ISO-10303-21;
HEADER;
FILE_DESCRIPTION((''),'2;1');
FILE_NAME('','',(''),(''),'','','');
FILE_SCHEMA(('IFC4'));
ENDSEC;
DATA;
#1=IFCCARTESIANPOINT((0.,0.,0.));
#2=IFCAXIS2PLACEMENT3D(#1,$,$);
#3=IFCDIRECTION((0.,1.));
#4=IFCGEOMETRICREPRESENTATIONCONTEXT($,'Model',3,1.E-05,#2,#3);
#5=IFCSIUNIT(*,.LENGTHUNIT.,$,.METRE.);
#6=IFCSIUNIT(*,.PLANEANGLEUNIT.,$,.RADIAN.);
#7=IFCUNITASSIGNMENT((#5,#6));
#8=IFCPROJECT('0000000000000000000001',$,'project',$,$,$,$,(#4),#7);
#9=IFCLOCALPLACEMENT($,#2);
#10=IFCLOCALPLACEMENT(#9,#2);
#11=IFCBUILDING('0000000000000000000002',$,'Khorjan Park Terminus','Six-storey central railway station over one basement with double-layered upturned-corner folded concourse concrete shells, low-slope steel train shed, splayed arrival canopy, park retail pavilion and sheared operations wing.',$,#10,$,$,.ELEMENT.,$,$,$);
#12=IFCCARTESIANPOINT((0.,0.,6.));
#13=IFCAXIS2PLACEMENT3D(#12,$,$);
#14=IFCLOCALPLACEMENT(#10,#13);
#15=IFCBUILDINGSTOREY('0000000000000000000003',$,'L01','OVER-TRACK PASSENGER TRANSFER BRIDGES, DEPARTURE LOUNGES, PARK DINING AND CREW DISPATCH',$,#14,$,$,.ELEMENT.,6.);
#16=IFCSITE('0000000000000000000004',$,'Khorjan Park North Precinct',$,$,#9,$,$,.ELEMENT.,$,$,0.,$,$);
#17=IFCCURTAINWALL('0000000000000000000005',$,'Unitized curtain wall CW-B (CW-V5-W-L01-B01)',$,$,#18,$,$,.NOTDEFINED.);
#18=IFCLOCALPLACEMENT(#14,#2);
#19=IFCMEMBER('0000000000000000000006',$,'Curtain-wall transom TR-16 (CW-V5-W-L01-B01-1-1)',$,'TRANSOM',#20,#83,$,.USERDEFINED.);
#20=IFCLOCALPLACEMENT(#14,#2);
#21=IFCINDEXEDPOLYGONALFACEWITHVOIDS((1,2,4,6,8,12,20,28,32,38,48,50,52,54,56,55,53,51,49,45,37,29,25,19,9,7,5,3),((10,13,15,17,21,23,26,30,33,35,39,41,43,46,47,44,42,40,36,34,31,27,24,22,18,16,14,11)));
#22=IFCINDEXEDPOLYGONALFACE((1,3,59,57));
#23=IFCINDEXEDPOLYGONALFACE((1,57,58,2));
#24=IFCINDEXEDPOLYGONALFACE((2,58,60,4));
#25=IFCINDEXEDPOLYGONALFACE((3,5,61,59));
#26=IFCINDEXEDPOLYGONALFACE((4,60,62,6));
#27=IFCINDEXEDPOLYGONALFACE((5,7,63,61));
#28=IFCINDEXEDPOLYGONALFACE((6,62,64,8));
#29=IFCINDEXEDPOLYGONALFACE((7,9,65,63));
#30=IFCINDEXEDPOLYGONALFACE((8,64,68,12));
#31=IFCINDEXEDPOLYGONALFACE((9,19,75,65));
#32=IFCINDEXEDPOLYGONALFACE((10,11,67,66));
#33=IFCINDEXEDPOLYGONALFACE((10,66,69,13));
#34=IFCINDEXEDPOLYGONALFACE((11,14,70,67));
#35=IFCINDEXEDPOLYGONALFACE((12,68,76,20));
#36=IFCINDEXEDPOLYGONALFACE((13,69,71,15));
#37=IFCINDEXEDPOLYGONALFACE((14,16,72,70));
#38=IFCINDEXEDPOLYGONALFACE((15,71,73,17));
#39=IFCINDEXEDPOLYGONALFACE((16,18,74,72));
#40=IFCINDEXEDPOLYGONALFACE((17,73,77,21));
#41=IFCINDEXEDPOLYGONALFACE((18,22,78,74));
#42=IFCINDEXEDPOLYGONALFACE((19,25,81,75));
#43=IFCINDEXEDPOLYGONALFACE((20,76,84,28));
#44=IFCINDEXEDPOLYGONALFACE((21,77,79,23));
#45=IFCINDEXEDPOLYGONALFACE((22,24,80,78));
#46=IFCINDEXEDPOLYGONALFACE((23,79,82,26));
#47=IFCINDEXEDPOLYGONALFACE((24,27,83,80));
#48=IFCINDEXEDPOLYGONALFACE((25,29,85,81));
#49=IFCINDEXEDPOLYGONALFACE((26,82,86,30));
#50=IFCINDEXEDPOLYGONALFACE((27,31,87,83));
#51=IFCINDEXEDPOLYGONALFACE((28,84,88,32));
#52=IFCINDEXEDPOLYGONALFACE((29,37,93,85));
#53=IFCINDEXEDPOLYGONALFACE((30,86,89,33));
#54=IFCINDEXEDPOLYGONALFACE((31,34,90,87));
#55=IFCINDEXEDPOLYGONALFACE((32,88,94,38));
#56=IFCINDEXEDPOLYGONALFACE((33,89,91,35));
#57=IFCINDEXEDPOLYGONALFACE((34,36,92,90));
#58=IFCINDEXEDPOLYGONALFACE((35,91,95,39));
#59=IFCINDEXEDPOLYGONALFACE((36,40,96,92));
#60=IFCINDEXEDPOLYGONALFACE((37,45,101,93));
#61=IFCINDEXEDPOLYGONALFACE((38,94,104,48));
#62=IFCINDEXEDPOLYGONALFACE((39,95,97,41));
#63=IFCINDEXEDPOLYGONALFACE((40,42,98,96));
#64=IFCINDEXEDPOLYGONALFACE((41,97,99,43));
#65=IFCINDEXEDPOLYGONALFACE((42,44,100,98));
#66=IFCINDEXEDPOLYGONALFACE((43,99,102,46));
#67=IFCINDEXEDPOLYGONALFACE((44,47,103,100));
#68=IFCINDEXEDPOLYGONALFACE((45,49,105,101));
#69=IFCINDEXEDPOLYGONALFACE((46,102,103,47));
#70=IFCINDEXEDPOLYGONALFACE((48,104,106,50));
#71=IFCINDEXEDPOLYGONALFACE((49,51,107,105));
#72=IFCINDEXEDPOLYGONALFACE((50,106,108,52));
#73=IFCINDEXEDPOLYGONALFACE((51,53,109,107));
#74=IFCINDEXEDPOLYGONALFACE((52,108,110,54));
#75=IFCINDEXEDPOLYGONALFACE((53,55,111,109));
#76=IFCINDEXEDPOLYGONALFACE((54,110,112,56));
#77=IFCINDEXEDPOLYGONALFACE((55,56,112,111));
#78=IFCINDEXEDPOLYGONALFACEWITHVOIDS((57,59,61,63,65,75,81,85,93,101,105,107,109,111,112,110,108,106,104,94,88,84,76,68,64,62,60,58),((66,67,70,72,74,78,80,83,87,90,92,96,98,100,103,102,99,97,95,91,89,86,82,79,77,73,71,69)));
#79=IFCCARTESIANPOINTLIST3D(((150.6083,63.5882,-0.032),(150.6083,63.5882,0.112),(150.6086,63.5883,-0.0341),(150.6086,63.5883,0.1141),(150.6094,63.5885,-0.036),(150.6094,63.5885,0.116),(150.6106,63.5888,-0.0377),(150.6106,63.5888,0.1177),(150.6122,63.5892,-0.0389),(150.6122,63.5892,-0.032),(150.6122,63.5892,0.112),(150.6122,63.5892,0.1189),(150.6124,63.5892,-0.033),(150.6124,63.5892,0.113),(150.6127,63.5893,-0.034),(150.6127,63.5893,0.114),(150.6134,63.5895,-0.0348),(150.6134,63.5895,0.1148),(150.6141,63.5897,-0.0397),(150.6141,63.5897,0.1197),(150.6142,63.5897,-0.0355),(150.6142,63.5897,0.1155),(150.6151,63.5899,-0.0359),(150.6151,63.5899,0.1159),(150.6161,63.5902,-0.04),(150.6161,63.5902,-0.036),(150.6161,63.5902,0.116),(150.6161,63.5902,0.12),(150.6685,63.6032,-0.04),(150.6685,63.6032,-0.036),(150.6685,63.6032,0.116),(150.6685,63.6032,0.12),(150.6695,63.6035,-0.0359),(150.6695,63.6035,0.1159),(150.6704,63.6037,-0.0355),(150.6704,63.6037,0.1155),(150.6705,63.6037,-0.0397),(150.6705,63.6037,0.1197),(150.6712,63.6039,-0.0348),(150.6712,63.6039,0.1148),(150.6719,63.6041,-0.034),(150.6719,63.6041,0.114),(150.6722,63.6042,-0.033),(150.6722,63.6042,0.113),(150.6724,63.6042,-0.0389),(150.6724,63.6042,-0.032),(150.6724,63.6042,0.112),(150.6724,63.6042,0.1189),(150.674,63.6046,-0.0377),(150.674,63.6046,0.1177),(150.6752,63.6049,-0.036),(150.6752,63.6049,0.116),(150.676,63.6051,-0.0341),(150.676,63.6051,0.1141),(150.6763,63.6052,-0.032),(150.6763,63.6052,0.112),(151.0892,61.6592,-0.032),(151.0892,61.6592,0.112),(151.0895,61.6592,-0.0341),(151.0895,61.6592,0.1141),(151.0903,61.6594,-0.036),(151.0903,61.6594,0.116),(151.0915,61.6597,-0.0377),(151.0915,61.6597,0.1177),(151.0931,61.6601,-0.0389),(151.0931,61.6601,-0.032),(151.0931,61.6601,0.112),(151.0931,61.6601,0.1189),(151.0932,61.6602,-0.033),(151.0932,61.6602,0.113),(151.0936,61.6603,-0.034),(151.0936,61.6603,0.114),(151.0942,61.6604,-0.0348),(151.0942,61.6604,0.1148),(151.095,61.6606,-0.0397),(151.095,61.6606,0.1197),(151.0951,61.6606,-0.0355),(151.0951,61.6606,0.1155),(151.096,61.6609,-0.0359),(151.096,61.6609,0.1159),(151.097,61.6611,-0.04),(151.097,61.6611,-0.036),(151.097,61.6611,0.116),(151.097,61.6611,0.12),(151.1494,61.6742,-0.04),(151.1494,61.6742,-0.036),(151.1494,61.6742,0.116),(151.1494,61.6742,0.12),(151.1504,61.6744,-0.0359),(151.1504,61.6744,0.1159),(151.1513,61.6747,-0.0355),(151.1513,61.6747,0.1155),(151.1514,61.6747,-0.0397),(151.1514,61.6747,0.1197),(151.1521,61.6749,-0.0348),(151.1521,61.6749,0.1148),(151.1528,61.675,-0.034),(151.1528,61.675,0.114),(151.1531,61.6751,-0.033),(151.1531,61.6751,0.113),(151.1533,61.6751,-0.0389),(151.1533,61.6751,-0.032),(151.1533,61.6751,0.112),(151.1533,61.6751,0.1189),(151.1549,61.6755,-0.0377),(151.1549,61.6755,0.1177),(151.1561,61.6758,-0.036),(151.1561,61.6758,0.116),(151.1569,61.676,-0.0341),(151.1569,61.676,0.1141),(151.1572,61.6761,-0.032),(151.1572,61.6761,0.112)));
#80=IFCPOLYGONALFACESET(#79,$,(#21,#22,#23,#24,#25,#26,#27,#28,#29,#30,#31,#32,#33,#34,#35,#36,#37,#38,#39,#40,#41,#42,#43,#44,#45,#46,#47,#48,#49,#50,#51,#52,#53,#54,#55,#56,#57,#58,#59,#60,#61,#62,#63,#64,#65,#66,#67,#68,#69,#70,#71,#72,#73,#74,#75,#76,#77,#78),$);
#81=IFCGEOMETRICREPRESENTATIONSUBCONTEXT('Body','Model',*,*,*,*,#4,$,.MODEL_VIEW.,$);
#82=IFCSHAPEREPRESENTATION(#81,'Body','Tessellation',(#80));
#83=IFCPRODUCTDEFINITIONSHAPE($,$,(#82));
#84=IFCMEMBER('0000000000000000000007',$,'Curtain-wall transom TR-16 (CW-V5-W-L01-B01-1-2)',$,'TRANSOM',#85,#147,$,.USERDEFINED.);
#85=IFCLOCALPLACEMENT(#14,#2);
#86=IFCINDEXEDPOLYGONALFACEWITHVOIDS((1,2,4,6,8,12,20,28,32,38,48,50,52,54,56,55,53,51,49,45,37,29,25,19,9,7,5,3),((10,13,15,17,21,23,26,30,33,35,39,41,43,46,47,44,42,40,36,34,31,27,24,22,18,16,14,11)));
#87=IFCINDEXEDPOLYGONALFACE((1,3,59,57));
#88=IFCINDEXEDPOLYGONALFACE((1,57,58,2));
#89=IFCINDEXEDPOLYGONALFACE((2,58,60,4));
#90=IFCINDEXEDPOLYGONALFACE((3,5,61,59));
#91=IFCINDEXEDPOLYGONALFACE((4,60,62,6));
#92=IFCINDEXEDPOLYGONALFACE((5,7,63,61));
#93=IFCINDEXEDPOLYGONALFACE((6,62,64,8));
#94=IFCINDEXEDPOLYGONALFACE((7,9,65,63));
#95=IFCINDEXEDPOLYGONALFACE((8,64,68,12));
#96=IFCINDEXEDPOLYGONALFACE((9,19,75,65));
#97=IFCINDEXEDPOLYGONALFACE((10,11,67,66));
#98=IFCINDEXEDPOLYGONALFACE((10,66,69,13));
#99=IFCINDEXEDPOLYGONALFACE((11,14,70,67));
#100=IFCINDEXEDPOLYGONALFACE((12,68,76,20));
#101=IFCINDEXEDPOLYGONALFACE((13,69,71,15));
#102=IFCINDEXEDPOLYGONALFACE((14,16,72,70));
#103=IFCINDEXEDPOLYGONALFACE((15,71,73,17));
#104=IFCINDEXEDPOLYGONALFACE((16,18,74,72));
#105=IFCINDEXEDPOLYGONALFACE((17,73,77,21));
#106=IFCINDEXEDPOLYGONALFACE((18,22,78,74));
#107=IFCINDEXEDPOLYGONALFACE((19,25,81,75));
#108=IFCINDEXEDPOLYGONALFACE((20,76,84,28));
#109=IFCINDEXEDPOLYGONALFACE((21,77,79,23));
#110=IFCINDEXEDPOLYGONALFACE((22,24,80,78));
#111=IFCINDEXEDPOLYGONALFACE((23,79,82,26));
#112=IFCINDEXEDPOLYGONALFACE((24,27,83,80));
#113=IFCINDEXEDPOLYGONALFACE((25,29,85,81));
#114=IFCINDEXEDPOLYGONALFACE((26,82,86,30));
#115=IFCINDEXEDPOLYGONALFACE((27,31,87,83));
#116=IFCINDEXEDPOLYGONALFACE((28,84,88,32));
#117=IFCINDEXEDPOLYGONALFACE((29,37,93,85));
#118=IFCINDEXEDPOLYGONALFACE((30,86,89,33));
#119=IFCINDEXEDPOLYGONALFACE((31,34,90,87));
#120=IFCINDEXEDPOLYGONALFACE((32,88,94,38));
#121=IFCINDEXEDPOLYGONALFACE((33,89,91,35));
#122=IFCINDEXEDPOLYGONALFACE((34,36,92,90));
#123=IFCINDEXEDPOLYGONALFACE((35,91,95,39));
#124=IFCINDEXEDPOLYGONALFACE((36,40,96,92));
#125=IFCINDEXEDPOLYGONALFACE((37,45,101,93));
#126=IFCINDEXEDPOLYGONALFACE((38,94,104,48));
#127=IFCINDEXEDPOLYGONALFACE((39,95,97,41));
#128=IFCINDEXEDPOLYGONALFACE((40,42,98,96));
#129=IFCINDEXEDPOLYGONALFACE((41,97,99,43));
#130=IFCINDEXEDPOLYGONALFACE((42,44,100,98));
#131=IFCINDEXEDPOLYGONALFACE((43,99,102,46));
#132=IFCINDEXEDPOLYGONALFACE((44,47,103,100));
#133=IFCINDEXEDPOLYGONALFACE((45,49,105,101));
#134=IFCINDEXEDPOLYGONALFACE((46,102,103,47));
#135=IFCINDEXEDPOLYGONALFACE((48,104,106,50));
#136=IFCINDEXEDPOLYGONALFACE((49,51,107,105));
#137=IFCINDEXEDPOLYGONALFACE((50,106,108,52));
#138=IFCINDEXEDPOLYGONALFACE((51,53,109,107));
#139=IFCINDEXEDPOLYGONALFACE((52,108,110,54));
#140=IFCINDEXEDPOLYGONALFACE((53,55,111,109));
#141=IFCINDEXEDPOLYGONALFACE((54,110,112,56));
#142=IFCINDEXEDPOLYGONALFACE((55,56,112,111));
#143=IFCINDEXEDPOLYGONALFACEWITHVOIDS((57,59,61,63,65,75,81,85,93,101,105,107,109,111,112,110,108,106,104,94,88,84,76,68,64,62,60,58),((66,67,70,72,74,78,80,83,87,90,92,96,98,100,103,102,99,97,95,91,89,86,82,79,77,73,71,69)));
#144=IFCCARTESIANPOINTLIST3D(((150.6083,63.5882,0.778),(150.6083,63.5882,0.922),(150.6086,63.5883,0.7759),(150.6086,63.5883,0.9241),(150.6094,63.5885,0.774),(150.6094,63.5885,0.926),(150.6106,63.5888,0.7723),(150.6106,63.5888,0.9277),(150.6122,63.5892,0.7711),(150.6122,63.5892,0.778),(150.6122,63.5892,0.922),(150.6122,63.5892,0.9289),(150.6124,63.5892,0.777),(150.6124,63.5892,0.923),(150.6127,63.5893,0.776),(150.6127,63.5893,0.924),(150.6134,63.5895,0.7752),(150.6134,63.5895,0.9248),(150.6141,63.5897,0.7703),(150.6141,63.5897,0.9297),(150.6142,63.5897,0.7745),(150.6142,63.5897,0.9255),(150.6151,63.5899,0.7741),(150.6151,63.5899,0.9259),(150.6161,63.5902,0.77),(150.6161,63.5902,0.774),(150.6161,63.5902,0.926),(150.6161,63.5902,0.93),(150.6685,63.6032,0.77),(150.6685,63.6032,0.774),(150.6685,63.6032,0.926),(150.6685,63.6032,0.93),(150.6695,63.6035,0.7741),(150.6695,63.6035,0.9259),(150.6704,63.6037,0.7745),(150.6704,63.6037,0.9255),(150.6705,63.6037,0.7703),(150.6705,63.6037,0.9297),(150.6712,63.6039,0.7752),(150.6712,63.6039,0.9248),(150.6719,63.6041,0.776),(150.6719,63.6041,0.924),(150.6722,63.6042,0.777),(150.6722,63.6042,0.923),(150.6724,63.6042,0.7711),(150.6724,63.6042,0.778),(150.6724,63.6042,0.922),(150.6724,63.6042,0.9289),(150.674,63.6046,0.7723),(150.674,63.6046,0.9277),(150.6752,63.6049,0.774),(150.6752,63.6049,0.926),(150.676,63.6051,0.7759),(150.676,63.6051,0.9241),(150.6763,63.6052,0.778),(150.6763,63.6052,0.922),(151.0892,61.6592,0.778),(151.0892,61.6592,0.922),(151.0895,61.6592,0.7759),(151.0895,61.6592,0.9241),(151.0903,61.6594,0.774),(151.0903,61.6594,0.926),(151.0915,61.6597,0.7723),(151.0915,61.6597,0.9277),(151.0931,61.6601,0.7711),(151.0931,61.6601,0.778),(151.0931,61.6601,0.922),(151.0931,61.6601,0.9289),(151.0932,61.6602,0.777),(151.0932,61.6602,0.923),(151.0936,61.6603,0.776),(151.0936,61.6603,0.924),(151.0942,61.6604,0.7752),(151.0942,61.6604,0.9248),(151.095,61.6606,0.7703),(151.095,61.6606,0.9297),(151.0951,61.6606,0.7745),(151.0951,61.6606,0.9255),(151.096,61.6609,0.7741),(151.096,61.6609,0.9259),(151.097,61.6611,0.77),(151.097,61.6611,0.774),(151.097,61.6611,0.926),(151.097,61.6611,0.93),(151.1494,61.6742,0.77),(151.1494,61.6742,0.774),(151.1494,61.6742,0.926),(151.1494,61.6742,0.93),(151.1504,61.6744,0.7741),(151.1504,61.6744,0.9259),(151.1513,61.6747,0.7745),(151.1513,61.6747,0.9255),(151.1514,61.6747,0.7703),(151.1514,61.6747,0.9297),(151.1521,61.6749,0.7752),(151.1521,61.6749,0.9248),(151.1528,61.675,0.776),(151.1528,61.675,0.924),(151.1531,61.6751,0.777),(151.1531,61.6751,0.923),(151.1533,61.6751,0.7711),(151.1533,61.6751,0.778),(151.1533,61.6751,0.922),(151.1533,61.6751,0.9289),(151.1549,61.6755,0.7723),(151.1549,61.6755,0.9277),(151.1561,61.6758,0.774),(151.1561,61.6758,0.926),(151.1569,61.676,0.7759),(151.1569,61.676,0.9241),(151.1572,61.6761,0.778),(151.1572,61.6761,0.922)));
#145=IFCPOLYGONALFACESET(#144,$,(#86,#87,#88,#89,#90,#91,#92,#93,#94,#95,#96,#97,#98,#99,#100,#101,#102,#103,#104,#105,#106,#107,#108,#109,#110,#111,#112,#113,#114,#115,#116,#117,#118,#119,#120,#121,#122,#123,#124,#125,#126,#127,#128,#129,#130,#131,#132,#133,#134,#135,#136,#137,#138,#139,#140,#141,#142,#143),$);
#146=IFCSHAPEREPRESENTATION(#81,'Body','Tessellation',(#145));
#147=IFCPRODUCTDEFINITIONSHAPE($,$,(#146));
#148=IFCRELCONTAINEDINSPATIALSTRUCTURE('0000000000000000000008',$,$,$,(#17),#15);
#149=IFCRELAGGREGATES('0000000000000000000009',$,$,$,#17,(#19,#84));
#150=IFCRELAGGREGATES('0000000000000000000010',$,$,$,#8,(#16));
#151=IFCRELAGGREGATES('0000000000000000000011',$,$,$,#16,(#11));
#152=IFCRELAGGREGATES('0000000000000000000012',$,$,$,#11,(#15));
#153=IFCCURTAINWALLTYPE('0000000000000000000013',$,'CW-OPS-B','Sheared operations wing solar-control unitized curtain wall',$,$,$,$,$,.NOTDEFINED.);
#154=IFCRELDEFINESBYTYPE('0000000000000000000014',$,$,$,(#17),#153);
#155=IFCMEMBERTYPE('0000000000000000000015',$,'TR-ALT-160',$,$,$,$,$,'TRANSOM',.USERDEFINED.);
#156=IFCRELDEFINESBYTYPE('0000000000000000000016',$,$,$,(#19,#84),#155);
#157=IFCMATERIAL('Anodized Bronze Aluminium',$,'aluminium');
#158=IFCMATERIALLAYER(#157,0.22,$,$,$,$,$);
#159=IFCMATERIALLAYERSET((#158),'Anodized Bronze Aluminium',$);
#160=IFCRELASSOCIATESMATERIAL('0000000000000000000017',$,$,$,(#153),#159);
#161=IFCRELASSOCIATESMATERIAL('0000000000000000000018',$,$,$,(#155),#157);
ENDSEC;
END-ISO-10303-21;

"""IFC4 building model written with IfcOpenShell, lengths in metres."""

from ifc_helpers import new_model, si_unit, direction, frame, origin, origin_2d, place, context, subcontext, project, spatial, hollow_rectangle, extrude, material, layer, layer_set, material_profile, profile_set, type_object, element, aggregate, save


model = new_model("IFC4")

# Units and contexts
model_context = context("Model", 3, precision=1e-05, world=origin(), true_north=direction((0.0, 1.0)))
body_context = subcontext(model_context, "Body", "Model", "MODEL_VIEW")
ifc_project = project(units=[si_unit("LENGTHUNIT", "METRE"), si_unit("PLANEANGLEUNIT", "RADIAN")], contexts=[model_context])

# Site, building, storey
site_placement = place(None, origin())
site = spatial("IfcSite", under=ifc_project, at=site_placement, Name="Khorjan Park North Precinct", CompositionType="ELEMENT", RefElevation=0.0)
building_placement = place(site_placement, origin())
building = spatial("IfcBuilding", under=site, at=building_placement, Name="Khorjan Park Terminus", Description="Six-storey central railway station over one basement with double-layered upturned-corner folded concourse concrete shells, low-slope steel train shed, splayed arrival canopy, park retail pavilion and sheared operations wing.", CompositionType="ELEMENT")
storey_placement = place(building_placement, frame((0.0, 0.0, 6.0)))
storey = spatial("IfcBuildingStorey", under=building, at=storey_placement, Name="L01", Description="OVER-TRACK PASSENGER TRANSFER BRIDGES, DEPARTURE LOUNGES, PARK DINING AND CREW DISPATCH", CompositionType="ELEMENT", Elevation=6.0)

# Curtain wall, members
ifc_material_1 = material(Name="Anodized Bronze Aluminium", Category="aluminium")
ifc_layer_1 = layer(ifc_material_1, 0.22)
ifc_layer_set_1 = layer_set([ifc_layer_1], Name="Anodized Bronze Aluminium")
curtain_wall_type = type_object("IfcCurtainWallType", Name="CW-OPS-B", Description="Sheared operations wing solar-control unitized curtain wall", PredefinedType="NOTDEFINED", material=ifc_layer_set_1)
curtain_wall_placement = place(storey_placement, origin())
curtain_wall = element("IfcCurtainWall", 1, at=curtain_wall_placement, inside=storey, type_object=curtain_wall_type, Name="Unitized curtain wall CW-B (CW-V5-W-L01-B01)", PredefinedType="NOTDEFINED")
ifc_material_profile_1 = material_profile(ifc_material_1, hollow_rectangle(XDim=0.07, YDim=0.16, WallThickness=0.004, InnerFilletRadius=0.004, OuterFilletRadius=0.008, at=origin_2d()), Name="ALT 70x160x4")
ifc_profile_set_1 = profile_set([ifc_material_profile_1], Name="Anodized Bronze Aluminium")
member_type_1 = type_object("IfcMemberType", Name="TR-ALT-160", ElementType="TRANSOM", PredefinedType="USERDEFINED", material=ifc_profile_set_1)
member_1_placement = place(storey_placement, frame((150.6423, 63.5967, 0.04), z_axis=(0.241885, -0.970305, 0.0), x_axis=(0.970305, 0.241885, 0.0)))
member_1 = element("IfcMember", 2, at=member_1_placement, type_object=member_type_1, Name="Curtain-wall transom TR-16 (CW-V5-W-L01-B01-1-1)", ObjectType="TRANSOM", PredefinedType="USERDEFINED", context=body_context, shape_type="SweptSolid", body=[
    extrude(hollow_rectangle(XDim=0.07, YDim=0.16, WallThickness=0.004, InnerFilletRadius=0.004, OuterFilletRadius=0.008, at=origin_2d()), origin(), (0.0, 0.0, 1.0), 1.9881),
])
member_2_placement = place(storey_placement, frame((150.6423, 63.5967, 0.85), z_axis=(0.241885, -0.970305, 0.0), x_axis=(0.970305, 0.241885, 0.0)))
member_2 = element("IfcMember", 3, at=member_2_placement, type_object=member_type_1, Name="Curtain-wall transom TR-16 (CW-V5-W-L01-B01-1-2)", ObjectType="TRANSOM", PredefinedType="USERDEFINED", context=body_context, shape_type="SweptSolid", body=[
    extrude(hollow_rectangle(XDim=0.07, YDim=0.16, WallThickness=0.004, InnerFilletRadius=0.004, OuterFilletRadius=0.008, at=origin_2d()), origin(), (0.0, 0.0, 1.0), 1.9881),
])
aggregate(curtain_wall, [member_1, member_2])

save(model, "model.ifc")
